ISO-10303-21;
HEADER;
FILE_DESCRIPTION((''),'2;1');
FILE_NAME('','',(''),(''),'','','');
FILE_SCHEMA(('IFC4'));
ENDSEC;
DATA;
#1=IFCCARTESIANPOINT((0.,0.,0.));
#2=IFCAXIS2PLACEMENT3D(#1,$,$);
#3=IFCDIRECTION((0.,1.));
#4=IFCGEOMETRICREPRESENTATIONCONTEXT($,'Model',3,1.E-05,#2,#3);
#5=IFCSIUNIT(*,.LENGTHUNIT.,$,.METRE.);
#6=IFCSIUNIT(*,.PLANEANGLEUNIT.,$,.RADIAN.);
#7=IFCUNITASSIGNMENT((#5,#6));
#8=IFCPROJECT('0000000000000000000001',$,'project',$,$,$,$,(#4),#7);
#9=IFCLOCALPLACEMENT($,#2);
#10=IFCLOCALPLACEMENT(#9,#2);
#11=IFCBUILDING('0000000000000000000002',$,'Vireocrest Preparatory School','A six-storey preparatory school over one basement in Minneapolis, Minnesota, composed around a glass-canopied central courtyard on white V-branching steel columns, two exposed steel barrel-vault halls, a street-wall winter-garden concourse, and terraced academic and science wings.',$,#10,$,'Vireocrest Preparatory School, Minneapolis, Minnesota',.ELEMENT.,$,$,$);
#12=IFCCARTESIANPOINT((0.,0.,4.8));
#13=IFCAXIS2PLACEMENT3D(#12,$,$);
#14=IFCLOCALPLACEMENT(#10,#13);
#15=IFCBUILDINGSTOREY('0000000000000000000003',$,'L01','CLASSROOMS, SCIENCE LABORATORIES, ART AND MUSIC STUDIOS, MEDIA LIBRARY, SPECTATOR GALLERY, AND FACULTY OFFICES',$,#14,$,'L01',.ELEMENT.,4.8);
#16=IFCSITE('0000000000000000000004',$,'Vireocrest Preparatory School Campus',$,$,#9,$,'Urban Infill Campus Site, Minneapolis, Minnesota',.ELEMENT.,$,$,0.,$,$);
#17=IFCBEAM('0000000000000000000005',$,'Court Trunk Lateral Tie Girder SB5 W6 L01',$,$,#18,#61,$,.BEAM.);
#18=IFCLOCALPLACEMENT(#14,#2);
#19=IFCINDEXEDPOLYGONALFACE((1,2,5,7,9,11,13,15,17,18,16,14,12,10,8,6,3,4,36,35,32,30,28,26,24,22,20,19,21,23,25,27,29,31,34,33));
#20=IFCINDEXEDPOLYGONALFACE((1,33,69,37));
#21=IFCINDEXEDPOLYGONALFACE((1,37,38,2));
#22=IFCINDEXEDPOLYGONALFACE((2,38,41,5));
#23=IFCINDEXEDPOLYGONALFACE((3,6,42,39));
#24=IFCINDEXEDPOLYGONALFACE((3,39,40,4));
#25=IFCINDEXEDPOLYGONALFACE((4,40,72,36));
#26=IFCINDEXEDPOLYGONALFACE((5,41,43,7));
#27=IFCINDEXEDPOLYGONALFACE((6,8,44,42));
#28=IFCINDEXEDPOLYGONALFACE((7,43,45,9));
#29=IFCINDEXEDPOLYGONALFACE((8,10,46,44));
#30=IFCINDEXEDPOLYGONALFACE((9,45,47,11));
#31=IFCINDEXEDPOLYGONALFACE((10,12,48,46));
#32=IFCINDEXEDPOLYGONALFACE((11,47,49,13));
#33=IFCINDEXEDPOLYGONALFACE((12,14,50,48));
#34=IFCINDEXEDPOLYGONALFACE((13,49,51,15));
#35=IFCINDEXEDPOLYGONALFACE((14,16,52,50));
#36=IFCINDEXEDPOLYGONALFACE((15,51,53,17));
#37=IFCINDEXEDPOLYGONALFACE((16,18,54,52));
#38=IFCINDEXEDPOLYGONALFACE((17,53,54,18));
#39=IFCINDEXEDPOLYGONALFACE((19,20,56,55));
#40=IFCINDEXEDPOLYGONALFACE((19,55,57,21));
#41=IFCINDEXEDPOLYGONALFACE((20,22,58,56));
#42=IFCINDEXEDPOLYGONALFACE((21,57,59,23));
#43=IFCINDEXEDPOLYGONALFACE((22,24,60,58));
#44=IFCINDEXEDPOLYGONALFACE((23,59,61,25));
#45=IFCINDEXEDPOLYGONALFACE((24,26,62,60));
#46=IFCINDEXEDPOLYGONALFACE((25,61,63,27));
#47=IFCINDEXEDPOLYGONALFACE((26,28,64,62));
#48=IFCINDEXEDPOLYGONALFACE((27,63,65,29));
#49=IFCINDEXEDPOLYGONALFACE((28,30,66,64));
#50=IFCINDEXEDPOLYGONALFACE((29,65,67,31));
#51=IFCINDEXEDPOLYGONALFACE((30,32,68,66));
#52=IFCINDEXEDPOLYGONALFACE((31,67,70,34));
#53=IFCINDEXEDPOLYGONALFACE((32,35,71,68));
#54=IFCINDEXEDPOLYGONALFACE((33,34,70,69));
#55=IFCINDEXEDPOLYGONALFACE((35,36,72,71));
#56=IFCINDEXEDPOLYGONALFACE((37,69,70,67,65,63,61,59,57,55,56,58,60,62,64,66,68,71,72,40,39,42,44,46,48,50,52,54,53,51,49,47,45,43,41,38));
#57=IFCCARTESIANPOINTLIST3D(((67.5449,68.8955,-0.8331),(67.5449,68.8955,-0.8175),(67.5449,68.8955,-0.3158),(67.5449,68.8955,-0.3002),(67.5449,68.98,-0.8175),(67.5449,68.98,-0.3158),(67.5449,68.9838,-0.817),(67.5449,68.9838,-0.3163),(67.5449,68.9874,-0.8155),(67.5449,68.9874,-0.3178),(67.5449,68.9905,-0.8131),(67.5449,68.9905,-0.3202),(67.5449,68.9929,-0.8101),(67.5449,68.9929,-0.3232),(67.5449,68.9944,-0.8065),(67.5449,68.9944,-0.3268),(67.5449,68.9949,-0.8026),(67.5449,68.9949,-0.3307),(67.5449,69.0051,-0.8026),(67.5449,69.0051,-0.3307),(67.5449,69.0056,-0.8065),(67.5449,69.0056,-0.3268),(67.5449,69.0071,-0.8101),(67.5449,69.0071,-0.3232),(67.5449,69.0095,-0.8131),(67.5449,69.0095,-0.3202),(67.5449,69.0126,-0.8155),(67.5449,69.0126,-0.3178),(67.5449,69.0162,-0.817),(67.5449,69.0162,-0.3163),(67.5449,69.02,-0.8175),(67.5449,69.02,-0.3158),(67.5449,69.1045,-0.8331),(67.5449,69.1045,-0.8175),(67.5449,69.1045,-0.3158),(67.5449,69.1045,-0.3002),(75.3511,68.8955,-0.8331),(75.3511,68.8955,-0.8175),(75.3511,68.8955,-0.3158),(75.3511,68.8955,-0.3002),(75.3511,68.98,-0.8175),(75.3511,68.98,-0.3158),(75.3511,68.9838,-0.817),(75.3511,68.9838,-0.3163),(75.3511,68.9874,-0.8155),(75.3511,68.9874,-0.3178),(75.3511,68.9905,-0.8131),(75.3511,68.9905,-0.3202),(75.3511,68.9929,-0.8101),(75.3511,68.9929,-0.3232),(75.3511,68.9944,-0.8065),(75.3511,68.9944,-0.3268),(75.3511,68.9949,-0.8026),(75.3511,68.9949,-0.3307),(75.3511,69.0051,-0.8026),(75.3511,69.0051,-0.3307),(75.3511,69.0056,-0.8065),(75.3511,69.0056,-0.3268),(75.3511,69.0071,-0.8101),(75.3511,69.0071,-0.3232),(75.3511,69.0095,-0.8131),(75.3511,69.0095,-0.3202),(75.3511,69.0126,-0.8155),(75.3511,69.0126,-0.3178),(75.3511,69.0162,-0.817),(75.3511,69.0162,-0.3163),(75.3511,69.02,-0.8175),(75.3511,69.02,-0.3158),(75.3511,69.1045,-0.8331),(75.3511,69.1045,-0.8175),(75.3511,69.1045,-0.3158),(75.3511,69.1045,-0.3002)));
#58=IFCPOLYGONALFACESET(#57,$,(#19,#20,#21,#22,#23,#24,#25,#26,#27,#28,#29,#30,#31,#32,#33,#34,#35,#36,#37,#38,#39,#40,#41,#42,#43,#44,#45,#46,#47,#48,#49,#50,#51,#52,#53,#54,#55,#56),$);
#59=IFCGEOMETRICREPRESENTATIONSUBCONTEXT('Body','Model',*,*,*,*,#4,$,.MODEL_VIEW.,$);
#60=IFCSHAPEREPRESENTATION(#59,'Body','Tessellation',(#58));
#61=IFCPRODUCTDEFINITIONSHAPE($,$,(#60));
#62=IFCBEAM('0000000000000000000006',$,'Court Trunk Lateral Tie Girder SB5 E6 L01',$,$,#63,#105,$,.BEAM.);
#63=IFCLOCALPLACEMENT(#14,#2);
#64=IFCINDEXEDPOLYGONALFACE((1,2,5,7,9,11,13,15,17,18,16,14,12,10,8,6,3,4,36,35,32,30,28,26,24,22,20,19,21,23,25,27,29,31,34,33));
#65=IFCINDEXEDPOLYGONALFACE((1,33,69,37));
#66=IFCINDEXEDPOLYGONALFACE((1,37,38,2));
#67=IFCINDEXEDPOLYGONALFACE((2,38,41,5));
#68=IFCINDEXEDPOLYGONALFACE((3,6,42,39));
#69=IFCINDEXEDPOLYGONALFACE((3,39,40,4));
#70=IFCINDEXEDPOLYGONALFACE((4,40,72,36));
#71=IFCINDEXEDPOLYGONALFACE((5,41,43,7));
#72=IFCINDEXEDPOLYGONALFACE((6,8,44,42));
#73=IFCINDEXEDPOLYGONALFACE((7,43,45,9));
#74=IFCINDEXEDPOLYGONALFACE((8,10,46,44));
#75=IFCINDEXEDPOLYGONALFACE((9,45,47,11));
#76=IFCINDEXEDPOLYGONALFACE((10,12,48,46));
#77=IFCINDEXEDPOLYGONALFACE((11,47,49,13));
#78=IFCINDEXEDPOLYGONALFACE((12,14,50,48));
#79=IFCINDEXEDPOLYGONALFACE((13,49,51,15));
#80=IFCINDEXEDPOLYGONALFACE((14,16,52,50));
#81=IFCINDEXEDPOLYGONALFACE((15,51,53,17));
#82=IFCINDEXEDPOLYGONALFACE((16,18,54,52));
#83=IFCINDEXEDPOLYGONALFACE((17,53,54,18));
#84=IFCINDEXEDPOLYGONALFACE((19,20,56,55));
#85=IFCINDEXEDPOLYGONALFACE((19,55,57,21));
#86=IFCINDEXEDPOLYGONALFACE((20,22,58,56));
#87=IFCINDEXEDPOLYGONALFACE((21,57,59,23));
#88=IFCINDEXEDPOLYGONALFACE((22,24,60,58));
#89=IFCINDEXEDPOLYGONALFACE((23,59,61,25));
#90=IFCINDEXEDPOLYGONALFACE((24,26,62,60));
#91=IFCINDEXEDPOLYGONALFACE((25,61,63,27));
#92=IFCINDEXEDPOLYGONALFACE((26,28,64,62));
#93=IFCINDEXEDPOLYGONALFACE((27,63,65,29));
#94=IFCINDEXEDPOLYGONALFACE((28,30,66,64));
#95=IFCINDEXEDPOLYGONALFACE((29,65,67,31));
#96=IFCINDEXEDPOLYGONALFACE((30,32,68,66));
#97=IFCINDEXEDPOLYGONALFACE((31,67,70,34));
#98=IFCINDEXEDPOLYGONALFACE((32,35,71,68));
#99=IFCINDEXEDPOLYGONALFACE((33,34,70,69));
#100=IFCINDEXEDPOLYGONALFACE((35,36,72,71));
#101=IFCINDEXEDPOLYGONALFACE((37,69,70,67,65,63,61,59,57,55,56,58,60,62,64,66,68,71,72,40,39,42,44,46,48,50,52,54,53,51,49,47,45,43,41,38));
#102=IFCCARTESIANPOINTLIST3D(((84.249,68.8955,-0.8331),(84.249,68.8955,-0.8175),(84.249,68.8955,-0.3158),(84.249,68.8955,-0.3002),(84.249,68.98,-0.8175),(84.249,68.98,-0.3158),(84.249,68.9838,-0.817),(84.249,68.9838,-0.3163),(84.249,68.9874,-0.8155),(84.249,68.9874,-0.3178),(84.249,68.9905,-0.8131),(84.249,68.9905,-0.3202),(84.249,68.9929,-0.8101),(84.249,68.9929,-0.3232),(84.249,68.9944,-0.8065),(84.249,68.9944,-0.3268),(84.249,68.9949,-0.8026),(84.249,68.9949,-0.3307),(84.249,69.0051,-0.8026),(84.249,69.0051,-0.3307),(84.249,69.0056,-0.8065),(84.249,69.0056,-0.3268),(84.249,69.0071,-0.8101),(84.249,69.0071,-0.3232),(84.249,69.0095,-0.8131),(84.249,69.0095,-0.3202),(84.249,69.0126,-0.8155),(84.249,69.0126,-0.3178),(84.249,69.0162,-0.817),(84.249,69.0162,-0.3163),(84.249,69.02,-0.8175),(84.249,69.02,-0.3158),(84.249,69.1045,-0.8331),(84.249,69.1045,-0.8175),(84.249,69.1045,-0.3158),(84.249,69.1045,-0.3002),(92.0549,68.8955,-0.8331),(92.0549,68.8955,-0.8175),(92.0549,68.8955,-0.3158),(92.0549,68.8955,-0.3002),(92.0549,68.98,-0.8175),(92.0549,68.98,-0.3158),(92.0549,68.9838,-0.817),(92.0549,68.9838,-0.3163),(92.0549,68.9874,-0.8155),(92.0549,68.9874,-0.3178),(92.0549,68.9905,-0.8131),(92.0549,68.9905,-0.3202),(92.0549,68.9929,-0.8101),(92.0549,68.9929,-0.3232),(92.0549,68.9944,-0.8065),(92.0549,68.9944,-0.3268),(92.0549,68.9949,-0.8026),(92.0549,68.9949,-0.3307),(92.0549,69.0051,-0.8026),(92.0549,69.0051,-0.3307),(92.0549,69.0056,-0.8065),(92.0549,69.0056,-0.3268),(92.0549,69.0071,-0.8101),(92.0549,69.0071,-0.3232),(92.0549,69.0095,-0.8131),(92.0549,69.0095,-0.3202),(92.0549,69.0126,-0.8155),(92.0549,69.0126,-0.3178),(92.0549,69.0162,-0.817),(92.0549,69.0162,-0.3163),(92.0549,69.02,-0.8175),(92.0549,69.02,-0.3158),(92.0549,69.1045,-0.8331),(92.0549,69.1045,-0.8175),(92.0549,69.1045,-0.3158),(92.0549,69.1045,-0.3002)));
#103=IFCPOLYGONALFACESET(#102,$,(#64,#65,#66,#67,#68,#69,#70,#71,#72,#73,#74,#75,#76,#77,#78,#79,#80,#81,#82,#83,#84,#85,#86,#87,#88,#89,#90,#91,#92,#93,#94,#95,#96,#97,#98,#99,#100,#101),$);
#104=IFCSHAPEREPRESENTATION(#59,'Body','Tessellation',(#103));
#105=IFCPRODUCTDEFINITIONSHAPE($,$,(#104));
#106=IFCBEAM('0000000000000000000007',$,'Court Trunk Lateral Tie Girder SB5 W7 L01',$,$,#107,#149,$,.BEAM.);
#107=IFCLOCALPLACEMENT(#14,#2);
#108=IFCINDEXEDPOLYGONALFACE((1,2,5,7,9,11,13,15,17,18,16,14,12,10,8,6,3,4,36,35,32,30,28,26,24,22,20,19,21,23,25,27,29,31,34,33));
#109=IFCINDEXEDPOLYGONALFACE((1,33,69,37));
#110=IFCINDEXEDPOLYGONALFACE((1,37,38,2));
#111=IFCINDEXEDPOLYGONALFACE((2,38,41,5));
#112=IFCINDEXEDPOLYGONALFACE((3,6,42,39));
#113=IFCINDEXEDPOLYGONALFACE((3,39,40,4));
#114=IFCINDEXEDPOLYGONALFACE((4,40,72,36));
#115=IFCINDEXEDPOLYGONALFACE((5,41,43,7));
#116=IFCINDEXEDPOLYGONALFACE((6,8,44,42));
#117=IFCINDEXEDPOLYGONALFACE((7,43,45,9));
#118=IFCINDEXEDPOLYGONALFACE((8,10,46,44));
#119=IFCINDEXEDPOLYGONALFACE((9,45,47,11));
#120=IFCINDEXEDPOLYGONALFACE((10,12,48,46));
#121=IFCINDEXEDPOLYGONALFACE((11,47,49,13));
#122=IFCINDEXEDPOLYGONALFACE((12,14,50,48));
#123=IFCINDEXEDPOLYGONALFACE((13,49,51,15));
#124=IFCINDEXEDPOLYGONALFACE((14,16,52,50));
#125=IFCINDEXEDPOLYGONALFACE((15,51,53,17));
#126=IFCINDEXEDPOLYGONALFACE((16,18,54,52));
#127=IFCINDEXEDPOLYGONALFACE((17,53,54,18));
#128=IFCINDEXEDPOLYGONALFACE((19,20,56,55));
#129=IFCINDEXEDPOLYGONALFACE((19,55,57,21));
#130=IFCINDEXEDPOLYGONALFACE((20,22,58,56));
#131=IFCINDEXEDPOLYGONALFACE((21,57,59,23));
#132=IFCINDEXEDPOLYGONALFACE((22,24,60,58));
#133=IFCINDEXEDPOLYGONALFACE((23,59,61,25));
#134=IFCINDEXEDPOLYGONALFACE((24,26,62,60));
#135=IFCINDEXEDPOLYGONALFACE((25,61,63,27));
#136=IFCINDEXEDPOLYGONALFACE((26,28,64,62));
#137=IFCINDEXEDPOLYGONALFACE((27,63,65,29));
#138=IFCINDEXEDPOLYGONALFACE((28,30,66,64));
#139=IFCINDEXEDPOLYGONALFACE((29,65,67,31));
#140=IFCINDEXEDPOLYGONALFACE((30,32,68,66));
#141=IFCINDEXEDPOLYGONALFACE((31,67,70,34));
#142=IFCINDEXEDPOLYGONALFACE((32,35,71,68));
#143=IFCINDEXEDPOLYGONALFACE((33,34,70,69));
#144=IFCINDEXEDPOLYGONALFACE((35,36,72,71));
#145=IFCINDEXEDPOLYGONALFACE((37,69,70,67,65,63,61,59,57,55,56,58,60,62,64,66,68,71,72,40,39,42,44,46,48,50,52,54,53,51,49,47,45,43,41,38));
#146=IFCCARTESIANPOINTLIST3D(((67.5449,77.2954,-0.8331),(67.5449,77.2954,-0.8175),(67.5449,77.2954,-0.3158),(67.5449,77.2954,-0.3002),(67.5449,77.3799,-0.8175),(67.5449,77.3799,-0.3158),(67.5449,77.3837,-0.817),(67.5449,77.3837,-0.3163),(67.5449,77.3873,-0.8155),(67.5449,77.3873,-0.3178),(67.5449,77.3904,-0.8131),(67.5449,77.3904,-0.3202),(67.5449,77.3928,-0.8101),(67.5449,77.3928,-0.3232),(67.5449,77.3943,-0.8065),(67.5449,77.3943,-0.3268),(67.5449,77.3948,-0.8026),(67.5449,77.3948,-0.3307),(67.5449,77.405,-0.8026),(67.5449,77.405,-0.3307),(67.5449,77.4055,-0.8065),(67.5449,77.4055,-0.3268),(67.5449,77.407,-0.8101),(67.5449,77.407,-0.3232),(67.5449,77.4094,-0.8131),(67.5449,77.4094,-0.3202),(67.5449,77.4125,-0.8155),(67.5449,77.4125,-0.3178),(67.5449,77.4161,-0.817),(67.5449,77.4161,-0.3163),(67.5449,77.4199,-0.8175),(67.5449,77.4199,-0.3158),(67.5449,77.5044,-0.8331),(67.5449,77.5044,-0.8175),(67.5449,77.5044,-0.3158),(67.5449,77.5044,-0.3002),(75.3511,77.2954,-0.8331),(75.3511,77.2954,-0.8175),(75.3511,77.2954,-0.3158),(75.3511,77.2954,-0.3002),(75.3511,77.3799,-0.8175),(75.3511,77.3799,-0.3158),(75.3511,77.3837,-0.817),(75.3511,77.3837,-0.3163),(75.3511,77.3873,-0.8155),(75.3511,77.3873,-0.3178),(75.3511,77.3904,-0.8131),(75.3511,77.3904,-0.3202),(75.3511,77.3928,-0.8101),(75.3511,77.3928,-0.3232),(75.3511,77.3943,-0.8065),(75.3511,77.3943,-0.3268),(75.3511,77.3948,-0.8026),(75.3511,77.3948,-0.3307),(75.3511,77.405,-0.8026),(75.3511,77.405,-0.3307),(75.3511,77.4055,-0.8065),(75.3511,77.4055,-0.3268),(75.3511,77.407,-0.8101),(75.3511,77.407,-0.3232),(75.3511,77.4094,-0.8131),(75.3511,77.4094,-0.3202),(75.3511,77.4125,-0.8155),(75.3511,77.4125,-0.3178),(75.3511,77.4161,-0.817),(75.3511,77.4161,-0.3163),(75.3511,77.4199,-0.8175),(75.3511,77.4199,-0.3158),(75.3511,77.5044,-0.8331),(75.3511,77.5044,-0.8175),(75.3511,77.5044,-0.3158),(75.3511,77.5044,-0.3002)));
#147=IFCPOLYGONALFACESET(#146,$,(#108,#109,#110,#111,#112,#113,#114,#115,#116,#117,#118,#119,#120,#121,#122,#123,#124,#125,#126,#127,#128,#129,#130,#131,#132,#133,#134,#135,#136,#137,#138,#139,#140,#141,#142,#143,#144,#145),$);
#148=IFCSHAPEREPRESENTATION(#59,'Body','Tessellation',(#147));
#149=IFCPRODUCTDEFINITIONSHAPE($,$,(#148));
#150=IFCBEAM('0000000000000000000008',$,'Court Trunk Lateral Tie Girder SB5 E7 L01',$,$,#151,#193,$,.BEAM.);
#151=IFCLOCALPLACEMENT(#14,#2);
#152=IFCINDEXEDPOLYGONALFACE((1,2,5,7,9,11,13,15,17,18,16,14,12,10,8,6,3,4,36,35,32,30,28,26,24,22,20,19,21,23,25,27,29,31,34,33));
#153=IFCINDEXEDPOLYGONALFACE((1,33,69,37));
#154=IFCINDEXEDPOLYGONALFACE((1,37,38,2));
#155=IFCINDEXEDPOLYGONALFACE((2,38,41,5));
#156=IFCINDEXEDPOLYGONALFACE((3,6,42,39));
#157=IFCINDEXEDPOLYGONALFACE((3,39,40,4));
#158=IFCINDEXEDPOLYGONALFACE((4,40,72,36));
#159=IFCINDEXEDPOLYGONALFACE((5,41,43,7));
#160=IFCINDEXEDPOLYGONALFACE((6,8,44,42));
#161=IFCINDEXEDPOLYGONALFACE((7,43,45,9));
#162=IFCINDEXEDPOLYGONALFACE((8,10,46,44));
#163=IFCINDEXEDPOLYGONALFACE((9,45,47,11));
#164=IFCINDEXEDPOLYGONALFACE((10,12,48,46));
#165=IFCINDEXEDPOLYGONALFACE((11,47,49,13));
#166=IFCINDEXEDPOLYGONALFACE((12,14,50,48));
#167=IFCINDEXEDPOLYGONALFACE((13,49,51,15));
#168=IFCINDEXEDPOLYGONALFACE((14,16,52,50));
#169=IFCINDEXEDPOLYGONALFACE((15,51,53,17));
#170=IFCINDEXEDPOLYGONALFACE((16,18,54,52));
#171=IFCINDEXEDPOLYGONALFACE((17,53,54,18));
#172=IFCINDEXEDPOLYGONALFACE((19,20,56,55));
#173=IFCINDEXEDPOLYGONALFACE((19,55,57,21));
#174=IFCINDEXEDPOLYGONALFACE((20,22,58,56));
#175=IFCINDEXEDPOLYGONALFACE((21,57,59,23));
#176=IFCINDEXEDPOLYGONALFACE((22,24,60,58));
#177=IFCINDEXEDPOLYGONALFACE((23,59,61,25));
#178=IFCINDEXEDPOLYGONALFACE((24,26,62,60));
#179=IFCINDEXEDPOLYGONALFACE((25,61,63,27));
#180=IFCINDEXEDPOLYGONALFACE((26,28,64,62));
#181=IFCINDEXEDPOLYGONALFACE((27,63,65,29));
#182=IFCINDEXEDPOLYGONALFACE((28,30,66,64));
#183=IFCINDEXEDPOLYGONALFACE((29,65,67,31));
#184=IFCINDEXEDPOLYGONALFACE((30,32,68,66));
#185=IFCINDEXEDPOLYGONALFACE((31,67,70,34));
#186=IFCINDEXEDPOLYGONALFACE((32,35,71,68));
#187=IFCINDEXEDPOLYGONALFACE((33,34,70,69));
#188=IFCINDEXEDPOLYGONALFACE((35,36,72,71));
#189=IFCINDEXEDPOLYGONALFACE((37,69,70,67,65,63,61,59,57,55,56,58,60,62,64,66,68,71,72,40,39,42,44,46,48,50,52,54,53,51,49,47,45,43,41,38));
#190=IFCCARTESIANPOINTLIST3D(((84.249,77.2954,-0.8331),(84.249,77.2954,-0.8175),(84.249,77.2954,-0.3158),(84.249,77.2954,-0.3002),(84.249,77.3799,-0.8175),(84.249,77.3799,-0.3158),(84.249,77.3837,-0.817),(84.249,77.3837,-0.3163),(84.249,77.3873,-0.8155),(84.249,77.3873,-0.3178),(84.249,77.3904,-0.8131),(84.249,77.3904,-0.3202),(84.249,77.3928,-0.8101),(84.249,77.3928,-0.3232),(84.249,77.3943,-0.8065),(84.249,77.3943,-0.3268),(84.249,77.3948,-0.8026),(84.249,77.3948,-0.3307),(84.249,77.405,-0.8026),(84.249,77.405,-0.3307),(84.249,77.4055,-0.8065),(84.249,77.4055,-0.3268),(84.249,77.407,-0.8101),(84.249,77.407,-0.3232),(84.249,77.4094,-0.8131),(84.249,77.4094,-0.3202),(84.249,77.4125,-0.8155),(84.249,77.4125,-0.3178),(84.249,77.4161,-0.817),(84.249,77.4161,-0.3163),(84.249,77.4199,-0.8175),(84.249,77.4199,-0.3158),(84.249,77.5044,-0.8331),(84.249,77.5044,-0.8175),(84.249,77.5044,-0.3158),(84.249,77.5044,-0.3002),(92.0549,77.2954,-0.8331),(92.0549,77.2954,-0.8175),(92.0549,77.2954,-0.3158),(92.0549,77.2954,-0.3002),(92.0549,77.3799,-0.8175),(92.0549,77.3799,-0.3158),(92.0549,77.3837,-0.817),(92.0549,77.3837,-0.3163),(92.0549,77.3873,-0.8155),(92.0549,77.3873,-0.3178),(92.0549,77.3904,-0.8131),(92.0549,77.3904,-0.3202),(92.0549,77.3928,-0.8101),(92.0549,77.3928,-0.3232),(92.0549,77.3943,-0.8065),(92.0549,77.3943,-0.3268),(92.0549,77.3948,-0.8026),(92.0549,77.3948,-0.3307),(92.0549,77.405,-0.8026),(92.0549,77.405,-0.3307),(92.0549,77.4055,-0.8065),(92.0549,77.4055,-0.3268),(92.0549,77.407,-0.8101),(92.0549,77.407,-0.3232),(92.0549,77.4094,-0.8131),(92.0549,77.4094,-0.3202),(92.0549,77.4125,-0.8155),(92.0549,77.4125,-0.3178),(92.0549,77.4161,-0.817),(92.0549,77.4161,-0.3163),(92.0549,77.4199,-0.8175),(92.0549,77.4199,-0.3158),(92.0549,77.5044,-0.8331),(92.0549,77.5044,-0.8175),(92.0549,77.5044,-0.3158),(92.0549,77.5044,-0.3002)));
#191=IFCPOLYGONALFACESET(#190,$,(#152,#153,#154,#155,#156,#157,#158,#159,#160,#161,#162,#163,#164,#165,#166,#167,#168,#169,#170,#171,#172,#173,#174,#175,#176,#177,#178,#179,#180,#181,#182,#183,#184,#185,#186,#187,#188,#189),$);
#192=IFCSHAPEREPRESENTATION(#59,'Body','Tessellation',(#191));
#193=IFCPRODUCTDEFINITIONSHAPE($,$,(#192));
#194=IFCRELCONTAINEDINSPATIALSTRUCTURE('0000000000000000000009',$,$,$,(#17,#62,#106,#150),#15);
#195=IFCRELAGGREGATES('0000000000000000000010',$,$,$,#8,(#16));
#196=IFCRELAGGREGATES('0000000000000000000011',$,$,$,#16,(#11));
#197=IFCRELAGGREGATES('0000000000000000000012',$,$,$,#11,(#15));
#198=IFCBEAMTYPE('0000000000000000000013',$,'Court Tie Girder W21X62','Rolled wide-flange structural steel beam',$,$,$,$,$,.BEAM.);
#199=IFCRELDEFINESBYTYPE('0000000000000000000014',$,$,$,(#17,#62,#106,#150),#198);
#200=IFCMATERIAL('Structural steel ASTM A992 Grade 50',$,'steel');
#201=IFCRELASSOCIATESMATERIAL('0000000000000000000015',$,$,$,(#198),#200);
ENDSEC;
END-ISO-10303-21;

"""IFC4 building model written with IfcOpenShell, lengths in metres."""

from ifc_helpers import new_model, si_unit, direction, frame, origin, origin_2d, place, context, subcontext, project, spatial, i_section, extrude, material, material_profile, profile_set, type_object, element, save


model = new_model("IFC4")

# Units and contexts
model_context = context("Model", 3, precision=1e-05, world=origin(), true_north=direction((0.0, 1.0)))
body_context = subcontext(model_context, "Body", "Model", "MODEL_VIEW")
ifc_project = project(units=[si_unit("LENGTHUNIT", "METRE"), si_unit("PLANEANGLEUNIT", "RADIAN")], contexts=[model_context])

# Site, building, storey
site_placement = place(None, origin())
site = spatial("IfcSite", under=ifc_project, at=site_placement, Name="Vireocrest Preparatory School Campus", LongName="Urban Infill Campus Site, Minneapolis, Minnesota", CompositionType="ELEMENT", RefElevation=0.0)
building_placement = place(site_placement, origin())
building = spatial("IfcBuilding", under=site, at=building_placement, Name="Vireocrest Preparatory School", Description="A six-storey preparatory school over one basement in Minneapolis, Minnesota, composed around a glass-canopied central courtyard on white V-branching steel columns, two exposed steel barrel-vault halls, a street-wall winter-garden concourse, and terraced academic and science wings.", LongName="Vireocrest Preparatory School, Minneapolis, Minnesota", CompositionType="ELEMENT")
storey_placement = place(building_placement, frame((0.0, 0.0, 4.8)))
storey = spatial("IfcBuildingStorey", under=building, at=storey_placement, Name="L01", Description="CLASSROOMS, SCIENCE LABORATORIES, ART AND MUSIC STUDIOS, MEDIA LIBRARY, SPECTATOR GALLERY, AND FACULTY OFFICES", LongName="L01", CompositionType="ELEMENT", Elevation=4.8)

# Beams
ifc_material_1 = material(Name="Structural steel ASTM A992 Grade 50", Category="steel")
ifc_material_profile_1 = material_profile(ifc_material_1, i_section(OverallWidth=0.209, OverallDepth=0.533, WebThickness=0.0103, FlangeThickness=0.0156, FilletRadius=0.0149, at=origin_2d()), Name="W21X62")
ifc_profile_set_1 = profile_set([ifc_material_profile_1], Name="Structural steel ASTM A992 Grade 50")
beam_type = type_object("IfcBeamType", Name="Court Tie Girder W21X62", Description="Rolled wide-flange structural steel beam", PredefinedType="BEAM", material=ifc_profile_set_1)
beam_1_placement = place(storey_placement, frame((67.5449, 69.0, -0.5667), z_axis=(1.0, 0.0, 0.0), x_axis=(0.0, 1.0, 0.0)))
element("IfcBeam", 1, at=beam_1_placement, inside=storey, type_object=beam_type, Name="Court Trunk Lateral Tie Girder SB5 W6 L01", PredefinedType="BEAM", context=body_context, shape_type="SweptSolid", body=[
    extrude(i_section(OverallWidth=0.209, OverallDepth=0.533, WebThickness=0.0103, FlangeThickness=0.0156, FilletRadius=0.0149, at=origin_2d()), origin(), (0.0, 0.0, 1.0), 7.8062),
])
beam_2_placement = place(storey_placement, frame((84.249, 69.0, -0.5667), z_axis=(1.0, 0.0, 0.0), x_axis=(0.0, 1.0, 0.0)))
element("IfcBeam", 2, at=beam_2_placement, inside=storey, type_object=beam_type, Name="Court Trunk Lateral Tie Girder SB5 E6 L01", PredefinedType="BEAM", context=body_context, shape_type="SweptSolid", body=[
    extrude(i_section(OverallWidth=0.209, OverallDepth=0.533, WebThickness=0.0103, FlangeThickness=0.0156, FilletRadius=0.0149, at=origin_2d()), origin(), (0.0, 0.0, 1.0), 7.8059),
])
beam_3_placement = place(storey_placement, frame((67.5449, 77.3999, -0.5667), z_axis=(1.0, 0.0, 0.0), x_axis=(0.0, 1.0, 0.0)))
element("IfcBeam", 3, at=beam_3_placement, inside=storey, type_object=beam_type, Name="Court Trunk Lateral Tie Girder SB5 W7 L01", PredefinedType="BEAM", context=body_context, shape_type="SweptSolid", body=[
    extrude(i_section(OverallWidth=0.209, OverallDepth=0.533, WebThickness=0.0103, FlangeThickness=0.0156, FilletRadius=0.0149, at=origin_2d()), origin(), (0.0, 0.0, 1.0), 7.8062),
])
beam_4_placement = place(storey_placement, frame((84.249, 77.3999, -0.5667), z_axis=(1.0, 0.0, 0.0), x_axis=(0.0, 1.0, 0.0)))
element("IfcBeam", 4, at=beam_4_placement, inside=storey, type_object=beam_type, Name="Court Trunk Lateral Tie Girder SB5 E7 L01", PredefinedType="BEAM", context=body_context, shape_type="SweptSolid", body=[
    extrude(i_section(OverallWidth=0.209, OverallDepth=0.533, WebThickness=0.0103, FlangeThickness=0.0156, FilletRadius=0.0149, at=origin_2d()), origin(), (0.0, 0.0, 1.0), 7.8059),
])

save(model, "model.ifc")
